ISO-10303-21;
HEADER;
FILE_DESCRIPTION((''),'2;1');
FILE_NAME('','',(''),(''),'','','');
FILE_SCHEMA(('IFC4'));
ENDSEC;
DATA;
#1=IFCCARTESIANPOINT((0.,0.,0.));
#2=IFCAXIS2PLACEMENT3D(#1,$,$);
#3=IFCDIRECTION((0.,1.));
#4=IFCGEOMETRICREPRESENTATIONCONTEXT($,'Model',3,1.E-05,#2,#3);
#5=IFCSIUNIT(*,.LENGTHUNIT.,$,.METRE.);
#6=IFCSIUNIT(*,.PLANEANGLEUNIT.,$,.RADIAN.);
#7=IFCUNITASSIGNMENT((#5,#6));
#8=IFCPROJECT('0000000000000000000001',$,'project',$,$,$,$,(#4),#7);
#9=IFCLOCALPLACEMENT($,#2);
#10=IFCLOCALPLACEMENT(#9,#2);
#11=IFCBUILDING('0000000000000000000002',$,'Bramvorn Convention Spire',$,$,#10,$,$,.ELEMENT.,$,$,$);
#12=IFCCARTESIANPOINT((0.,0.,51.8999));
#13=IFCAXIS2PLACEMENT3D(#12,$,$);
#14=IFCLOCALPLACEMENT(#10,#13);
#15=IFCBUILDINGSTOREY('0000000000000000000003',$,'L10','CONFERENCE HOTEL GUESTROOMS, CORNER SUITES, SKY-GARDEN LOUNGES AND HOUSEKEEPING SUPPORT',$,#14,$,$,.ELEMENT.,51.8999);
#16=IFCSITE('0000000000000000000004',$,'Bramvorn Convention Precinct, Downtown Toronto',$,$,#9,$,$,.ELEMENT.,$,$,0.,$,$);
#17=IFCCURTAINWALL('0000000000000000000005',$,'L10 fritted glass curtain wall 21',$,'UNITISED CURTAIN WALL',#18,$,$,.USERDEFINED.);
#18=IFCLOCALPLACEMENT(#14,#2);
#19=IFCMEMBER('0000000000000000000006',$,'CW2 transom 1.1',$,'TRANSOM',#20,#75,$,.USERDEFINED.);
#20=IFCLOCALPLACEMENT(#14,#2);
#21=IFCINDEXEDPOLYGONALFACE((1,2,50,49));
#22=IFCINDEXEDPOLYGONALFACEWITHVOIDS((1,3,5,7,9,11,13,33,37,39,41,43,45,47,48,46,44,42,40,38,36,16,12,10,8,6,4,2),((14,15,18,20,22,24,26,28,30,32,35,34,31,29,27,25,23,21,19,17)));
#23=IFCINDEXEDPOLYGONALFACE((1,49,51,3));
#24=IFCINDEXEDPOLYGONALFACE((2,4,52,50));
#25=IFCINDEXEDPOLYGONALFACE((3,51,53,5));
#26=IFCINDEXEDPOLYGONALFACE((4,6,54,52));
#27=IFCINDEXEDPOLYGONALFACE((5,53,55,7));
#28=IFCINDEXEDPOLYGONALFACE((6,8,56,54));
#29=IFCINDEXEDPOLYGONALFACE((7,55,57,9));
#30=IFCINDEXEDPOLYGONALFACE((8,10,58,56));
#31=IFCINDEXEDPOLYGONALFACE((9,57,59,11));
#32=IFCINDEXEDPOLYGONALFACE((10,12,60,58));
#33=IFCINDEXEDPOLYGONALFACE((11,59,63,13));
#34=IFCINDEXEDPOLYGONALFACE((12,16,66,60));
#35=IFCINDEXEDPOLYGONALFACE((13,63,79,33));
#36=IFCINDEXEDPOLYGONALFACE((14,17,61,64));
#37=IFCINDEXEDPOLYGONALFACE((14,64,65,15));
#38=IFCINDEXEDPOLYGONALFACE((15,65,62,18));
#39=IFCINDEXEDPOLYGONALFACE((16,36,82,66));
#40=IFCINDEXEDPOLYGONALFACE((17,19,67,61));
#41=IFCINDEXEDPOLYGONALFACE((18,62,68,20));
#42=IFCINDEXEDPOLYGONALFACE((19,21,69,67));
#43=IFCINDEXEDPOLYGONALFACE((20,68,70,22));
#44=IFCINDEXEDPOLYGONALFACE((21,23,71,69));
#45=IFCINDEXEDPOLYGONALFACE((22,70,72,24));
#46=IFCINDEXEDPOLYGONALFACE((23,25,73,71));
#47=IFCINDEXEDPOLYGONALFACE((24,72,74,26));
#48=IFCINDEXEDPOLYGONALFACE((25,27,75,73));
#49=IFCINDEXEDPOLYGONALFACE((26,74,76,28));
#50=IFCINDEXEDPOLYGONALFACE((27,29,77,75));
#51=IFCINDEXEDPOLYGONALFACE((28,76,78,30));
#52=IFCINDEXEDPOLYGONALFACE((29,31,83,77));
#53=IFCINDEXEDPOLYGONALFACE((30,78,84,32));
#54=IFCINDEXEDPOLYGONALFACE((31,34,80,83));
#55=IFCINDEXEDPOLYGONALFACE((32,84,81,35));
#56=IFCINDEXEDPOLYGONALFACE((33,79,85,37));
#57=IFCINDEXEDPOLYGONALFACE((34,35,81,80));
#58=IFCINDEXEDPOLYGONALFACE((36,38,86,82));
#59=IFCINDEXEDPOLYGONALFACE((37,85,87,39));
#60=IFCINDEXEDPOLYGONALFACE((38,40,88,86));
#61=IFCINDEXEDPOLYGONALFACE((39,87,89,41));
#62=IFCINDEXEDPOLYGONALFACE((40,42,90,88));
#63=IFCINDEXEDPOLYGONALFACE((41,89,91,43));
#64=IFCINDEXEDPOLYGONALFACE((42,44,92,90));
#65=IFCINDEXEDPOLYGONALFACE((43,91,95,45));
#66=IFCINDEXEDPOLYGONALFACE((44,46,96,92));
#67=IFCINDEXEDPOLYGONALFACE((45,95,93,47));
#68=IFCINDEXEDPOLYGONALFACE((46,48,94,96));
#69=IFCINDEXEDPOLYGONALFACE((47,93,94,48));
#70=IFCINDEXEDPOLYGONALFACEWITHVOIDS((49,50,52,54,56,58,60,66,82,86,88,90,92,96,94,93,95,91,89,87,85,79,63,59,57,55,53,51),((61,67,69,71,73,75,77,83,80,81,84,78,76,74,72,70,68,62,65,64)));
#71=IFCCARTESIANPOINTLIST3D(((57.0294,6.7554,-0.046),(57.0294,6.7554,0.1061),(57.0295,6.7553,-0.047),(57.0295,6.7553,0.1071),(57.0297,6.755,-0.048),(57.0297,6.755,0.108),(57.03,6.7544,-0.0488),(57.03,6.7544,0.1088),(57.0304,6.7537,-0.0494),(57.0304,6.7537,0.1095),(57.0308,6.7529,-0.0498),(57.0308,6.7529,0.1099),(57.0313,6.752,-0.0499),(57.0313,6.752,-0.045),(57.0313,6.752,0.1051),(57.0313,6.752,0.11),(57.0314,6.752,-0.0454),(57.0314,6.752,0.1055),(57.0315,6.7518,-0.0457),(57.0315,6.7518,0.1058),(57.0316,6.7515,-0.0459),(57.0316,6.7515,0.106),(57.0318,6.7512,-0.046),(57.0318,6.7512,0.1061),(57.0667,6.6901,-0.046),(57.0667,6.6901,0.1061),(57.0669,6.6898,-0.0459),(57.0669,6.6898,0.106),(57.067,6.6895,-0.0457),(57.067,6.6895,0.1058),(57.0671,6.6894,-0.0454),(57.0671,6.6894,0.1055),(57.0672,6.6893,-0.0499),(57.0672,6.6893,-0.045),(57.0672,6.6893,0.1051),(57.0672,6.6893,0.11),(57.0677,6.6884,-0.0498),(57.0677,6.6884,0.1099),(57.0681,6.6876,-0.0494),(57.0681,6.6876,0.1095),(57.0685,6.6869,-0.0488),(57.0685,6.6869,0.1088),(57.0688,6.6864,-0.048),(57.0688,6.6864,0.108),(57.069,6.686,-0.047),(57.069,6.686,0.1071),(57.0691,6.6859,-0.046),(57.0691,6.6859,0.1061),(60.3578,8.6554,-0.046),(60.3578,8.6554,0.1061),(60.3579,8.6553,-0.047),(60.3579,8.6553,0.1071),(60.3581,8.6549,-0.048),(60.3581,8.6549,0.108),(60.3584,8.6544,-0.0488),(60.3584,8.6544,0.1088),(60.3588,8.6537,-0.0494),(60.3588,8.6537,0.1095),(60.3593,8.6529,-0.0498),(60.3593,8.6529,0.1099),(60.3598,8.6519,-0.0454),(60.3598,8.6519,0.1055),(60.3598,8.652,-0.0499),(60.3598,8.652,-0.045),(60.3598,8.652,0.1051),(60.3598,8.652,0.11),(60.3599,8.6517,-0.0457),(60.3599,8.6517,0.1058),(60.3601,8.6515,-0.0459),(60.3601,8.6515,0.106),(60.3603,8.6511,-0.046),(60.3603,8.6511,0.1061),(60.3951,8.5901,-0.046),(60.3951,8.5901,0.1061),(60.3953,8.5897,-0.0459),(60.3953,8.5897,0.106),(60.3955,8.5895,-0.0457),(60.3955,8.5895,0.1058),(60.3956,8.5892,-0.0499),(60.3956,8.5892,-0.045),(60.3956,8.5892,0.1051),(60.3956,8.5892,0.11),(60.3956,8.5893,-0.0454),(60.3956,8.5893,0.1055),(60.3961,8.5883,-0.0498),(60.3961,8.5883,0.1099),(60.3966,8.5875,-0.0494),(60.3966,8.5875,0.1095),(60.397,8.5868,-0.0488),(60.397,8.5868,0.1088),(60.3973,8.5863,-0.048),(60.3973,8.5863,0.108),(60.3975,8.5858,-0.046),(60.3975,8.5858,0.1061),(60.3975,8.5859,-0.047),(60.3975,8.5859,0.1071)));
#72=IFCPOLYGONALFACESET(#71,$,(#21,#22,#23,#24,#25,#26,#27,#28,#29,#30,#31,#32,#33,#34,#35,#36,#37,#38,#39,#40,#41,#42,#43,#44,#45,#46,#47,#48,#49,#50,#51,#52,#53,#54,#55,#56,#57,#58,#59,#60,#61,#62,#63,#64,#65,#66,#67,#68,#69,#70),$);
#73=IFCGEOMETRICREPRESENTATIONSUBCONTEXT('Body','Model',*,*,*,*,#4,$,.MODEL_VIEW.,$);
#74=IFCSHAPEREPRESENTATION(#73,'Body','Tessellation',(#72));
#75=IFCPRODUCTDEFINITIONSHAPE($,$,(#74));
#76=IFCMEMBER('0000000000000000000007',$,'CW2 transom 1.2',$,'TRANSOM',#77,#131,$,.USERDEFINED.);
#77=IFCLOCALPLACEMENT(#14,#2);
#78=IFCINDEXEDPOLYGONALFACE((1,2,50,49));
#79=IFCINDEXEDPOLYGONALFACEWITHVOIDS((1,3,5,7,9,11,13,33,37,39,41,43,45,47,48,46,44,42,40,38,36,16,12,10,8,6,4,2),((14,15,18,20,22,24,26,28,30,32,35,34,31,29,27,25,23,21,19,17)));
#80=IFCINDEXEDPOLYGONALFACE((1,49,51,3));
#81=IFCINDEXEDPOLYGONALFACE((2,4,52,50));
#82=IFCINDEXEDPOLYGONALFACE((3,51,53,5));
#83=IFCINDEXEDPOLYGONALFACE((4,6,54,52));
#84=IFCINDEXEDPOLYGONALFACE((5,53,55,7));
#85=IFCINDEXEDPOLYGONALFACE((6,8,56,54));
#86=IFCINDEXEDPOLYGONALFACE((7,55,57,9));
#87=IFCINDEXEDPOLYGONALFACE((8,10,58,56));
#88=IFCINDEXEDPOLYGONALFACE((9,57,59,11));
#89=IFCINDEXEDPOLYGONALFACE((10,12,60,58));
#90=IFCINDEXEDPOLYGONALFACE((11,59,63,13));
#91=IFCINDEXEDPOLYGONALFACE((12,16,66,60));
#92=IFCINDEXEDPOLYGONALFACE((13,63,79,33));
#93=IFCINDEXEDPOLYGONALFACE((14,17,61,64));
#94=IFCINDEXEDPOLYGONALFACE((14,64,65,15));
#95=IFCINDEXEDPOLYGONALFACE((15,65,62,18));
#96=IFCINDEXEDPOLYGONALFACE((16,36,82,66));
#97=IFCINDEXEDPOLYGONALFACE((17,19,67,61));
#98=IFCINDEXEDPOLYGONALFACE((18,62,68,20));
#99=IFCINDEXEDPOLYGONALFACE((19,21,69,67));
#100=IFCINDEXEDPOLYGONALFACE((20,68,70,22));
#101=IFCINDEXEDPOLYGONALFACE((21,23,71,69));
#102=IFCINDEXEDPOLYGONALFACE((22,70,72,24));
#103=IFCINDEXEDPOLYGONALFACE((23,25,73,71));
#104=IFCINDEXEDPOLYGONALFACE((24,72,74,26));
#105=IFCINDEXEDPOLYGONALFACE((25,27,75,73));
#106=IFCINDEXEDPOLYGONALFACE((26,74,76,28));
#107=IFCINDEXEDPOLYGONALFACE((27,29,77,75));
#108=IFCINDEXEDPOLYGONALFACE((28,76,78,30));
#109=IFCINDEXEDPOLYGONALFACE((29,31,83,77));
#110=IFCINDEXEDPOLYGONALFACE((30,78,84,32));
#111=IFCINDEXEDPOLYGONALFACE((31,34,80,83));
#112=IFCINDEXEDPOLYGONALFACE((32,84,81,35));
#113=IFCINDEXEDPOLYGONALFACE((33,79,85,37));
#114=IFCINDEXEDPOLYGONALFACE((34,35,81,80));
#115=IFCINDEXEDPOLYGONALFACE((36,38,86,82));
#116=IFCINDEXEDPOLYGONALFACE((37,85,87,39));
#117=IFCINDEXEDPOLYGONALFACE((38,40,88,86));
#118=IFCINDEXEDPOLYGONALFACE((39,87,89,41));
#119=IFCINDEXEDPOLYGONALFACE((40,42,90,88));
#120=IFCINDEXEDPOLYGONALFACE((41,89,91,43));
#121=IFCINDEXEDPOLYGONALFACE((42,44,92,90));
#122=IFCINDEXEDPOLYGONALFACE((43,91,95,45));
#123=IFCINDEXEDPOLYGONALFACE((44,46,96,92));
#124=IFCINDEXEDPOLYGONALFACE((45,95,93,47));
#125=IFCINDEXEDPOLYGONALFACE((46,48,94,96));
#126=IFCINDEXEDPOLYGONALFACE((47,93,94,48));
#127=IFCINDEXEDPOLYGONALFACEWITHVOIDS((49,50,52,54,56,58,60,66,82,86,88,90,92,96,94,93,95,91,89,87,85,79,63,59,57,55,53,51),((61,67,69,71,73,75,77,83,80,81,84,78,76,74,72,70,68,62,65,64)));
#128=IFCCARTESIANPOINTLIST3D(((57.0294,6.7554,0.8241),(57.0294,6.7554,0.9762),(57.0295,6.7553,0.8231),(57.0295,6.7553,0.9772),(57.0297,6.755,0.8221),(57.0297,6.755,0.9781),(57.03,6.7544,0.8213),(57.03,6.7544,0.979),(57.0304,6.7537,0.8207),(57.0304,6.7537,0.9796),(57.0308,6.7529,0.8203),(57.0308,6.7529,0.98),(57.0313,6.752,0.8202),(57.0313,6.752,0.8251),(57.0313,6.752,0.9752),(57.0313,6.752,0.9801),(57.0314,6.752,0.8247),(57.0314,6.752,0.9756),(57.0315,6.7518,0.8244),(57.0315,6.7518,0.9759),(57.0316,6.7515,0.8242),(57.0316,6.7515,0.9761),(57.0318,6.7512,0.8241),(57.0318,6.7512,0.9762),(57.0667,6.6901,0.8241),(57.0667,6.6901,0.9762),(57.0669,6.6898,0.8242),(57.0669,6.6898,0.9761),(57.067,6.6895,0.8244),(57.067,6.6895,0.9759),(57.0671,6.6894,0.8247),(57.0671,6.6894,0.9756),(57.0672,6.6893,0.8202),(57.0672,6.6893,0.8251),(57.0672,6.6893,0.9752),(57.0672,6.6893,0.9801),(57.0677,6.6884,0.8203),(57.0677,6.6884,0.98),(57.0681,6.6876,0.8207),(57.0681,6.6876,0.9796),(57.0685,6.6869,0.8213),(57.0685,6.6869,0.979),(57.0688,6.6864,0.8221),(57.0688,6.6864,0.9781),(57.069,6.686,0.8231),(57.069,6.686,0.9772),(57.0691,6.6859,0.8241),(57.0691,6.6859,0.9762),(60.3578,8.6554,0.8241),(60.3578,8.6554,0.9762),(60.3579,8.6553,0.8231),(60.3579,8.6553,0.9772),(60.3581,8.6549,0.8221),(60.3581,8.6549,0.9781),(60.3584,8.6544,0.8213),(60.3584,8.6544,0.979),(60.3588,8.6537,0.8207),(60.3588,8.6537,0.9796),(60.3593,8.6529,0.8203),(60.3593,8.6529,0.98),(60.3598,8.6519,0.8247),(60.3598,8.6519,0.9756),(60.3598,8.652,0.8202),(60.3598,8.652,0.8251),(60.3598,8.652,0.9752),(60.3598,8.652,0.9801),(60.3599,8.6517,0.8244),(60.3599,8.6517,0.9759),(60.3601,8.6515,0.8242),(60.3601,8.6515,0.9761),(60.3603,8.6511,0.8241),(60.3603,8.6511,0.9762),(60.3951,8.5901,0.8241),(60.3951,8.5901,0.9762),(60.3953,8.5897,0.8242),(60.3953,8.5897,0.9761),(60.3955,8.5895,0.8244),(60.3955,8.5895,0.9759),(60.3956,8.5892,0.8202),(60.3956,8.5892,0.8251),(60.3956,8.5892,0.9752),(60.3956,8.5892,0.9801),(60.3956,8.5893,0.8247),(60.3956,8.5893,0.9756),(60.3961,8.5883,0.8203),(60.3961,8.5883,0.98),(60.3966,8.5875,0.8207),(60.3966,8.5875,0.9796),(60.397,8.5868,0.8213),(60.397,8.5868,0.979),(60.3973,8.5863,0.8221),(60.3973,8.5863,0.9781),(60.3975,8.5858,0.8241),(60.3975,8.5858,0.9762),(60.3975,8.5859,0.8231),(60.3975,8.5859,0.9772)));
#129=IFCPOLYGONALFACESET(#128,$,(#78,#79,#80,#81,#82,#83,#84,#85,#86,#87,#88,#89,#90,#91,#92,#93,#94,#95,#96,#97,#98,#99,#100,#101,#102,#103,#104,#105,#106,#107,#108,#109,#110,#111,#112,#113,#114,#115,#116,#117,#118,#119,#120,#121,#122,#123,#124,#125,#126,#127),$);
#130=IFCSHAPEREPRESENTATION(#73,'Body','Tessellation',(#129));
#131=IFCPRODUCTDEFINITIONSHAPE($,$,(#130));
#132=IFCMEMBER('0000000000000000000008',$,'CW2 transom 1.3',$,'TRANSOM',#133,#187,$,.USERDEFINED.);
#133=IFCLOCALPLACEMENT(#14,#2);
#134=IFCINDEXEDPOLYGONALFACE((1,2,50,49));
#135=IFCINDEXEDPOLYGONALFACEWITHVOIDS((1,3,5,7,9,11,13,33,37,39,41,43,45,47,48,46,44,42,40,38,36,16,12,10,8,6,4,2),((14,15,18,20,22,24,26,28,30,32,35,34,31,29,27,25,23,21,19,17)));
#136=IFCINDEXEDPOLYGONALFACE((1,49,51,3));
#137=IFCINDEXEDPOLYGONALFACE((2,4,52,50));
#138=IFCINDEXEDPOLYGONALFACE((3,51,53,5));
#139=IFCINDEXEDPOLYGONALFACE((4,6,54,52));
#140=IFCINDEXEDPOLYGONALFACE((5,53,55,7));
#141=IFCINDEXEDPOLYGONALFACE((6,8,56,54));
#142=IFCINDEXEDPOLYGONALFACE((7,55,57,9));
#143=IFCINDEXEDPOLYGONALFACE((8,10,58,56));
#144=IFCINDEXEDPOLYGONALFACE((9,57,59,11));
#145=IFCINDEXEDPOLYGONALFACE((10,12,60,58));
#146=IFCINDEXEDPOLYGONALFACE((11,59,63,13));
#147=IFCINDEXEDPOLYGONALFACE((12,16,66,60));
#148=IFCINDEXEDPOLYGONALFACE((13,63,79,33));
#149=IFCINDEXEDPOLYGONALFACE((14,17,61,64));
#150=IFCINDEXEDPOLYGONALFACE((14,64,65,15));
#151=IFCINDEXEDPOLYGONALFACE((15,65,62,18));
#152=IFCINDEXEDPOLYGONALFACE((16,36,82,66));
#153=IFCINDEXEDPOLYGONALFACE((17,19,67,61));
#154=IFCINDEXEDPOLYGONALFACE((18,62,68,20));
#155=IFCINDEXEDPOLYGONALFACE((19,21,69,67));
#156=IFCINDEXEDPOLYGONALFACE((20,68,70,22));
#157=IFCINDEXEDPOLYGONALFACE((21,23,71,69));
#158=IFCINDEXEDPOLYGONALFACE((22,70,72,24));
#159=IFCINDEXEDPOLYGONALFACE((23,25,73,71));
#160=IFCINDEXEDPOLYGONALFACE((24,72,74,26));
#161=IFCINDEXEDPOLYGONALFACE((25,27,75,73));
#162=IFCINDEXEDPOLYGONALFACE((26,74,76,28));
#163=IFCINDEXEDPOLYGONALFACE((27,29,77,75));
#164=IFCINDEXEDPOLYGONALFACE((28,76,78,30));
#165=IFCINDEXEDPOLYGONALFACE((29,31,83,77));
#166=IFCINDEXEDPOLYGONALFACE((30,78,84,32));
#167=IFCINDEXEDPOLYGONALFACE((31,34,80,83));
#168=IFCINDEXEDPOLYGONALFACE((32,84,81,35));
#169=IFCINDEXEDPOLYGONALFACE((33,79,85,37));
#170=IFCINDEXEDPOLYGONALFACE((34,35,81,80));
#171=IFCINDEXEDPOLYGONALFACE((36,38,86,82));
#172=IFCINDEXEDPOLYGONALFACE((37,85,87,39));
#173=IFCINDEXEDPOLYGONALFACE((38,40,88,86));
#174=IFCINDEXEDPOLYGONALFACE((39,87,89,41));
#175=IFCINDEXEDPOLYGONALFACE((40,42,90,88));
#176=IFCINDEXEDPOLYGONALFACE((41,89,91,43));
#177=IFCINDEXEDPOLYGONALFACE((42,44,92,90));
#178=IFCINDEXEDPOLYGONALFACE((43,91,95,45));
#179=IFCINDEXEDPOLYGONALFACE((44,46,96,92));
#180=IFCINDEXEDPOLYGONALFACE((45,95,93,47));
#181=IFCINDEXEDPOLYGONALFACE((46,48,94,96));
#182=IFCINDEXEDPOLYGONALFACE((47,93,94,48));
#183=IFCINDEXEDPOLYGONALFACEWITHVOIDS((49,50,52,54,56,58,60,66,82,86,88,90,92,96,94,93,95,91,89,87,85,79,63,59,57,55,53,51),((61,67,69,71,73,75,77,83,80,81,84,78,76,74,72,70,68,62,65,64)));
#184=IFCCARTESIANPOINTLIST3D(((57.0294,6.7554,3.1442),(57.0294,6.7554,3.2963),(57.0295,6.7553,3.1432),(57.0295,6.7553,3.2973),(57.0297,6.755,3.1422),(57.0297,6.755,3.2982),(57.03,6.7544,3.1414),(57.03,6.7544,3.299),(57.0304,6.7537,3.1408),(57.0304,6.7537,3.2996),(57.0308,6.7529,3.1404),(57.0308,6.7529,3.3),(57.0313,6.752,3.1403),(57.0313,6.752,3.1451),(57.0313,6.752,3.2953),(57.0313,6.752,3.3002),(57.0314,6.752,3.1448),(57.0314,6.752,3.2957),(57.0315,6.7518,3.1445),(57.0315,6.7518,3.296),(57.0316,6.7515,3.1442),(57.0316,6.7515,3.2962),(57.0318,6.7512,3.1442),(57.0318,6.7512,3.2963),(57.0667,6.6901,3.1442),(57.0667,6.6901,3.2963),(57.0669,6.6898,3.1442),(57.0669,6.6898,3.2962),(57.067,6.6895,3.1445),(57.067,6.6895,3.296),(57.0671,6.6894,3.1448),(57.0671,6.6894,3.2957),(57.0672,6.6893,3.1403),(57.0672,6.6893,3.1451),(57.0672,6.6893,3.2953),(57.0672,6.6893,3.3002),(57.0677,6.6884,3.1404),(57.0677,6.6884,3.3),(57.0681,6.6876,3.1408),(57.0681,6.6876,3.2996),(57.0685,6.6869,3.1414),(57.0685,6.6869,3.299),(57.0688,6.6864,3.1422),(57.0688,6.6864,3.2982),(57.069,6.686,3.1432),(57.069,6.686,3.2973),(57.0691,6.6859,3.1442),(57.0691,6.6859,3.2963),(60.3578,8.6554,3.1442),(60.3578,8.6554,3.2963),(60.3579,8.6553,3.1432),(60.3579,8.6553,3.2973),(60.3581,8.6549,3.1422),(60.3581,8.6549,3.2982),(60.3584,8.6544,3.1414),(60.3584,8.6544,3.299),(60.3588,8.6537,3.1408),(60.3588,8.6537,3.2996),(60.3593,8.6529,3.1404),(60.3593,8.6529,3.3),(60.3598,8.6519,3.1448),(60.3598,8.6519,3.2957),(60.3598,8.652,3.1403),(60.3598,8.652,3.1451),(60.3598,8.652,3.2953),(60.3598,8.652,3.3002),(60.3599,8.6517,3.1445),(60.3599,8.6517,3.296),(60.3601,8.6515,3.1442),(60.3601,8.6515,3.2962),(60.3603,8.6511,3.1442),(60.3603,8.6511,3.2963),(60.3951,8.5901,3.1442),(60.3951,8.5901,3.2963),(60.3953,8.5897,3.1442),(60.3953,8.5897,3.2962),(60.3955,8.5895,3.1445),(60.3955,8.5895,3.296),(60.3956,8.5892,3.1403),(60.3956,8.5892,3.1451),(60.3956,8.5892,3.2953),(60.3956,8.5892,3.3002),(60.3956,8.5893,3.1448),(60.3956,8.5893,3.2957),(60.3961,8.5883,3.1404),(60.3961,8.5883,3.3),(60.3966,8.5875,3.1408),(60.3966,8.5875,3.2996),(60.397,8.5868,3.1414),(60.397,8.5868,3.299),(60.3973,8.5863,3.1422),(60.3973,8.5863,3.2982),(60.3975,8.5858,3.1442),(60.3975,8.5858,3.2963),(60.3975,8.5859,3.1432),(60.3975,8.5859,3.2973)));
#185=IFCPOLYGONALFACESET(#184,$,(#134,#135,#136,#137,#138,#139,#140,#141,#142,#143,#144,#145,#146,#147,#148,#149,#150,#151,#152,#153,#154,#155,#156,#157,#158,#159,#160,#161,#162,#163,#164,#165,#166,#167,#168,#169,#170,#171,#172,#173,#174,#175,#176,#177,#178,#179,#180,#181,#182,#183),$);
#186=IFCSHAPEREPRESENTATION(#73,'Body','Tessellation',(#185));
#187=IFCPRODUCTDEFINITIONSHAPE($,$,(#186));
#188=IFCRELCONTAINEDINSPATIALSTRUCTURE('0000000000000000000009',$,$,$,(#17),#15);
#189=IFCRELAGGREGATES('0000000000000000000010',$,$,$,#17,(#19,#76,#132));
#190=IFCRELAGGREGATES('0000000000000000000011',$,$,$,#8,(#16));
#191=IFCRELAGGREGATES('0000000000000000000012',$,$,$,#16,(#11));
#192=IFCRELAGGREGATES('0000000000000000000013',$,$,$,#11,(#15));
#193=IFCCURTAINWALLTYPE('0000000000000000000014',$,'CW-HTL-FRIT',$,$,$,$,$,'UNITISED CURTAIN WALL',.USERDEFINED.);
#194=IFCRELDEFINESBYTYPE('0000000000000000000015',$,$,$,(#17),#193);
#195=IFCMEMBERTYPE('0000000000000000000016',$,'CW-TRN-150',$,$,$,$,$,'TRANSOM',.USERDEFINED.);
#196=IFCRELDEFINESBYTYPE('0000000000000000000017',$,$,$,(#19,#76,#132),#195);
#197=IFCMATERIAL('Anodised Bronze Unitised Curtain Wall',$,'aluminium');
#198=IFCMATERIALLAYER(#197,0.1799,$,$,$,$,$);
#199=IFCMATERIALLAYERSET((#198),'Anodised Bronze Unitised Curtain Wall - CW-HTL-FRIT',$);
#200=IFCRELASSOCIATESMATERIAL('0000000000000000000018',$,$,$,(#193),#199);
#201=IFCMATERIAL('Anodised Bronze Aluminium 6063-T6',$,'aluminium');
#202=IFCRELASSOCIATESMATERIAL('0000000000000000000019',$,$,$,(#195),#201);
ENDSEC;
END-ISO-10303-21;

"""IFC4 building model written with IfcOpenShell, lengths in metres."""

from ifc_helpers import new_model, si_unit, direction, frame, origin, origin_2d, place, context, subcontext, project, spatial, hollow_rectangle, extrude, material, layer, layer_set, material_profile, profile_set, type_object, element, aggregate, save


model = new_model("IFC4")

# Units and contexts
model_context = context("Model", 3, precision=1e-05, world=origin(), true_north=direction((0.0, 1.0)))
body_context = subcontext(model_context, "Body", "Model", "MODEL_VIEW")
ifc_project = project(units=[si_unit("LENGTHUNIT", "METRE"), si_unit("PLANEANGLEUNIT", "RADIAN")], contexts=[model_context])

# Site, building, storey
site_placement = place(None, origin())
site = spatial("IfcSite", under=ifc_project, at=site_placement, Name="Bramvorn Convention Precinct, Downtown Toronto", CompositionType="ELEMENT", RefElevation=0.0)
building_placement = place(site_placement, origin())
building = spatial("IfcBuilding", under=site, at=building_placement, Name="Bramvorn Convention Spire", CompositionType="ELEMENT")
storey_placement = place(building_placement, frame((0.0, 0.0, 51.8999)))
storey = spatial("IfcBuildingStorey", under=building, at=storey_placement, Name="L10", Description="CONFERENCE HOTEL GUESTROOMS, CORNER SUITES, SKY-GARDEN LOUNGES AND HOUSEKEEPING SUPPORT", CompositionType="ELEMENT", Elevation=51.8999)

# Curtain wall
ifc_material_1 = material(Name="Anodised Bronze Unitised Curtain Wall", Category="aluminium")
ifc_layer_1 = layer(ifc_material_1, 0.1799)
ifc_layer_set_1 = layer_set([ifc_layer_1], Name="Anodised Bronze Unitised Curtain Wall - CW-HTL-FRIT")
curtain_wall_type = type_object("IfcCurtainWallType", Name="CW-HTL-FRIT", ElementType="UNITISED CURTAIN WALL", PredefinedType="USERDEFINED", material=ifc_layer_set_1)
curtain_wall_1_placement = place(storey_placement, origin())
curtain_wall_1 = element("IfcCurtainWall", 1, at=curtain_wall_1_placement, inside=storey, type_object=curtain_wall_type, Name="L10 fritted glass curtain wall 21", ObjectType="UNITISED CURTAIN WALL", PredefinedType="USERDEFINED")
ifc_material_2 = material(Name="Anodised Bronze Aluminium 6063-T6", Category="aluminium")

# Members
ifc_material_profile_1 = material_profile(ifc_material_2, hollow_rectangle(XDim=0.0801, YDim=0.1599, WallThickness=0.0039, InnerFilletRadius=0.001, OuterFilletRadius=0.0039, at=origin_2d()))
ifc_profile_set_1 = profile_set([ifc_material_profile_1], Name="Anodised Bronze Aluminium 6063-T6 - CWT80X160")
member_type_1 = type_object("IfcMemberType", Name="CW-TRN-150", ElementType="TRANSOM", PredefinedType="USERDEFINED", material=ifc_profile_set_1)
member_1_placement = place(storey_placement, frame((60.3777, 8.6206, 0.03), z_axis=(-0.86847, -0.495741, 0.0), x_axis=(0.495741, -0.86847, 0.0)))
member_1 = element("IfcMember", 2, at=member_1_placement, type_object=member_type_1, Name="CW2 transom 1.1", ObjectType="TRANSOM", PredefinedType="USERDEFINED", context=body_context, shape_type="SweptSolid", body=[
    extrude(hollow_rectangle(XDim=0.0801, YDim=0.1599, WallThickness=0.0039, InnerFilletRadius=0.001, OuterFilletRadius=0.0039, at=origin_2d()), origin(), (0.0, 0.0, 1.0), 3.8325),
])
member_2_placement = place(storey_placement, frame((60.3777, 8.6206, 0.9001), z_axis=(-0.86847, -0.495741, 0.0), x_axis=(0.495741, -0.86847, 0.0)))
member_2 = element("IfcMember", 3, at=member_2_placement, type_object=member_type_1, Name="CW2 transom 1.2", ObjectType="TRANSOM", PredefinedType="USERDEFINED", context=body_context, shape_type="SweptSolid", body=[
    extrude(hollow_rectangle(XDim=0.0801, YDim=0.1599, WallThickness=0.0039, InnerFilletRadius=0.001, OuterFilletRadius=0.0039, at=origin_2d()), origin(), (0.0, 0.0, 1.0), 3.8325),
])
member_3_placement = place(storey_placement, frame((60.3777, 8.6206, 3.2202), z_axis=(-0.86847, -0.495741, 0.0), x_axis=(0.495741, -0.86847, 0.0)))
member_3 = element("IfcMember", 4, at=member_3_placement, type_object=member_type_1, Name="CW2 transom 1.3", ObjectType="TRANSOM", PredefinedType="USERDEFINED", context=body_context, shape_type="SweptSolid", body=[
    extrude(hollow_rectangle(XDim=0.0801, YDim=0.1599, WallThickness=0.0039, InnerFilletRadius=0.001, OuterFilletRadius=0.0039, at=origin_2d()), origin(), (0.0, 0.0, 1.0), 3.8325),
])
aggregate(curtain_wall_1, [member_1, member_2, member_3])

save(model, "model.ifc")
